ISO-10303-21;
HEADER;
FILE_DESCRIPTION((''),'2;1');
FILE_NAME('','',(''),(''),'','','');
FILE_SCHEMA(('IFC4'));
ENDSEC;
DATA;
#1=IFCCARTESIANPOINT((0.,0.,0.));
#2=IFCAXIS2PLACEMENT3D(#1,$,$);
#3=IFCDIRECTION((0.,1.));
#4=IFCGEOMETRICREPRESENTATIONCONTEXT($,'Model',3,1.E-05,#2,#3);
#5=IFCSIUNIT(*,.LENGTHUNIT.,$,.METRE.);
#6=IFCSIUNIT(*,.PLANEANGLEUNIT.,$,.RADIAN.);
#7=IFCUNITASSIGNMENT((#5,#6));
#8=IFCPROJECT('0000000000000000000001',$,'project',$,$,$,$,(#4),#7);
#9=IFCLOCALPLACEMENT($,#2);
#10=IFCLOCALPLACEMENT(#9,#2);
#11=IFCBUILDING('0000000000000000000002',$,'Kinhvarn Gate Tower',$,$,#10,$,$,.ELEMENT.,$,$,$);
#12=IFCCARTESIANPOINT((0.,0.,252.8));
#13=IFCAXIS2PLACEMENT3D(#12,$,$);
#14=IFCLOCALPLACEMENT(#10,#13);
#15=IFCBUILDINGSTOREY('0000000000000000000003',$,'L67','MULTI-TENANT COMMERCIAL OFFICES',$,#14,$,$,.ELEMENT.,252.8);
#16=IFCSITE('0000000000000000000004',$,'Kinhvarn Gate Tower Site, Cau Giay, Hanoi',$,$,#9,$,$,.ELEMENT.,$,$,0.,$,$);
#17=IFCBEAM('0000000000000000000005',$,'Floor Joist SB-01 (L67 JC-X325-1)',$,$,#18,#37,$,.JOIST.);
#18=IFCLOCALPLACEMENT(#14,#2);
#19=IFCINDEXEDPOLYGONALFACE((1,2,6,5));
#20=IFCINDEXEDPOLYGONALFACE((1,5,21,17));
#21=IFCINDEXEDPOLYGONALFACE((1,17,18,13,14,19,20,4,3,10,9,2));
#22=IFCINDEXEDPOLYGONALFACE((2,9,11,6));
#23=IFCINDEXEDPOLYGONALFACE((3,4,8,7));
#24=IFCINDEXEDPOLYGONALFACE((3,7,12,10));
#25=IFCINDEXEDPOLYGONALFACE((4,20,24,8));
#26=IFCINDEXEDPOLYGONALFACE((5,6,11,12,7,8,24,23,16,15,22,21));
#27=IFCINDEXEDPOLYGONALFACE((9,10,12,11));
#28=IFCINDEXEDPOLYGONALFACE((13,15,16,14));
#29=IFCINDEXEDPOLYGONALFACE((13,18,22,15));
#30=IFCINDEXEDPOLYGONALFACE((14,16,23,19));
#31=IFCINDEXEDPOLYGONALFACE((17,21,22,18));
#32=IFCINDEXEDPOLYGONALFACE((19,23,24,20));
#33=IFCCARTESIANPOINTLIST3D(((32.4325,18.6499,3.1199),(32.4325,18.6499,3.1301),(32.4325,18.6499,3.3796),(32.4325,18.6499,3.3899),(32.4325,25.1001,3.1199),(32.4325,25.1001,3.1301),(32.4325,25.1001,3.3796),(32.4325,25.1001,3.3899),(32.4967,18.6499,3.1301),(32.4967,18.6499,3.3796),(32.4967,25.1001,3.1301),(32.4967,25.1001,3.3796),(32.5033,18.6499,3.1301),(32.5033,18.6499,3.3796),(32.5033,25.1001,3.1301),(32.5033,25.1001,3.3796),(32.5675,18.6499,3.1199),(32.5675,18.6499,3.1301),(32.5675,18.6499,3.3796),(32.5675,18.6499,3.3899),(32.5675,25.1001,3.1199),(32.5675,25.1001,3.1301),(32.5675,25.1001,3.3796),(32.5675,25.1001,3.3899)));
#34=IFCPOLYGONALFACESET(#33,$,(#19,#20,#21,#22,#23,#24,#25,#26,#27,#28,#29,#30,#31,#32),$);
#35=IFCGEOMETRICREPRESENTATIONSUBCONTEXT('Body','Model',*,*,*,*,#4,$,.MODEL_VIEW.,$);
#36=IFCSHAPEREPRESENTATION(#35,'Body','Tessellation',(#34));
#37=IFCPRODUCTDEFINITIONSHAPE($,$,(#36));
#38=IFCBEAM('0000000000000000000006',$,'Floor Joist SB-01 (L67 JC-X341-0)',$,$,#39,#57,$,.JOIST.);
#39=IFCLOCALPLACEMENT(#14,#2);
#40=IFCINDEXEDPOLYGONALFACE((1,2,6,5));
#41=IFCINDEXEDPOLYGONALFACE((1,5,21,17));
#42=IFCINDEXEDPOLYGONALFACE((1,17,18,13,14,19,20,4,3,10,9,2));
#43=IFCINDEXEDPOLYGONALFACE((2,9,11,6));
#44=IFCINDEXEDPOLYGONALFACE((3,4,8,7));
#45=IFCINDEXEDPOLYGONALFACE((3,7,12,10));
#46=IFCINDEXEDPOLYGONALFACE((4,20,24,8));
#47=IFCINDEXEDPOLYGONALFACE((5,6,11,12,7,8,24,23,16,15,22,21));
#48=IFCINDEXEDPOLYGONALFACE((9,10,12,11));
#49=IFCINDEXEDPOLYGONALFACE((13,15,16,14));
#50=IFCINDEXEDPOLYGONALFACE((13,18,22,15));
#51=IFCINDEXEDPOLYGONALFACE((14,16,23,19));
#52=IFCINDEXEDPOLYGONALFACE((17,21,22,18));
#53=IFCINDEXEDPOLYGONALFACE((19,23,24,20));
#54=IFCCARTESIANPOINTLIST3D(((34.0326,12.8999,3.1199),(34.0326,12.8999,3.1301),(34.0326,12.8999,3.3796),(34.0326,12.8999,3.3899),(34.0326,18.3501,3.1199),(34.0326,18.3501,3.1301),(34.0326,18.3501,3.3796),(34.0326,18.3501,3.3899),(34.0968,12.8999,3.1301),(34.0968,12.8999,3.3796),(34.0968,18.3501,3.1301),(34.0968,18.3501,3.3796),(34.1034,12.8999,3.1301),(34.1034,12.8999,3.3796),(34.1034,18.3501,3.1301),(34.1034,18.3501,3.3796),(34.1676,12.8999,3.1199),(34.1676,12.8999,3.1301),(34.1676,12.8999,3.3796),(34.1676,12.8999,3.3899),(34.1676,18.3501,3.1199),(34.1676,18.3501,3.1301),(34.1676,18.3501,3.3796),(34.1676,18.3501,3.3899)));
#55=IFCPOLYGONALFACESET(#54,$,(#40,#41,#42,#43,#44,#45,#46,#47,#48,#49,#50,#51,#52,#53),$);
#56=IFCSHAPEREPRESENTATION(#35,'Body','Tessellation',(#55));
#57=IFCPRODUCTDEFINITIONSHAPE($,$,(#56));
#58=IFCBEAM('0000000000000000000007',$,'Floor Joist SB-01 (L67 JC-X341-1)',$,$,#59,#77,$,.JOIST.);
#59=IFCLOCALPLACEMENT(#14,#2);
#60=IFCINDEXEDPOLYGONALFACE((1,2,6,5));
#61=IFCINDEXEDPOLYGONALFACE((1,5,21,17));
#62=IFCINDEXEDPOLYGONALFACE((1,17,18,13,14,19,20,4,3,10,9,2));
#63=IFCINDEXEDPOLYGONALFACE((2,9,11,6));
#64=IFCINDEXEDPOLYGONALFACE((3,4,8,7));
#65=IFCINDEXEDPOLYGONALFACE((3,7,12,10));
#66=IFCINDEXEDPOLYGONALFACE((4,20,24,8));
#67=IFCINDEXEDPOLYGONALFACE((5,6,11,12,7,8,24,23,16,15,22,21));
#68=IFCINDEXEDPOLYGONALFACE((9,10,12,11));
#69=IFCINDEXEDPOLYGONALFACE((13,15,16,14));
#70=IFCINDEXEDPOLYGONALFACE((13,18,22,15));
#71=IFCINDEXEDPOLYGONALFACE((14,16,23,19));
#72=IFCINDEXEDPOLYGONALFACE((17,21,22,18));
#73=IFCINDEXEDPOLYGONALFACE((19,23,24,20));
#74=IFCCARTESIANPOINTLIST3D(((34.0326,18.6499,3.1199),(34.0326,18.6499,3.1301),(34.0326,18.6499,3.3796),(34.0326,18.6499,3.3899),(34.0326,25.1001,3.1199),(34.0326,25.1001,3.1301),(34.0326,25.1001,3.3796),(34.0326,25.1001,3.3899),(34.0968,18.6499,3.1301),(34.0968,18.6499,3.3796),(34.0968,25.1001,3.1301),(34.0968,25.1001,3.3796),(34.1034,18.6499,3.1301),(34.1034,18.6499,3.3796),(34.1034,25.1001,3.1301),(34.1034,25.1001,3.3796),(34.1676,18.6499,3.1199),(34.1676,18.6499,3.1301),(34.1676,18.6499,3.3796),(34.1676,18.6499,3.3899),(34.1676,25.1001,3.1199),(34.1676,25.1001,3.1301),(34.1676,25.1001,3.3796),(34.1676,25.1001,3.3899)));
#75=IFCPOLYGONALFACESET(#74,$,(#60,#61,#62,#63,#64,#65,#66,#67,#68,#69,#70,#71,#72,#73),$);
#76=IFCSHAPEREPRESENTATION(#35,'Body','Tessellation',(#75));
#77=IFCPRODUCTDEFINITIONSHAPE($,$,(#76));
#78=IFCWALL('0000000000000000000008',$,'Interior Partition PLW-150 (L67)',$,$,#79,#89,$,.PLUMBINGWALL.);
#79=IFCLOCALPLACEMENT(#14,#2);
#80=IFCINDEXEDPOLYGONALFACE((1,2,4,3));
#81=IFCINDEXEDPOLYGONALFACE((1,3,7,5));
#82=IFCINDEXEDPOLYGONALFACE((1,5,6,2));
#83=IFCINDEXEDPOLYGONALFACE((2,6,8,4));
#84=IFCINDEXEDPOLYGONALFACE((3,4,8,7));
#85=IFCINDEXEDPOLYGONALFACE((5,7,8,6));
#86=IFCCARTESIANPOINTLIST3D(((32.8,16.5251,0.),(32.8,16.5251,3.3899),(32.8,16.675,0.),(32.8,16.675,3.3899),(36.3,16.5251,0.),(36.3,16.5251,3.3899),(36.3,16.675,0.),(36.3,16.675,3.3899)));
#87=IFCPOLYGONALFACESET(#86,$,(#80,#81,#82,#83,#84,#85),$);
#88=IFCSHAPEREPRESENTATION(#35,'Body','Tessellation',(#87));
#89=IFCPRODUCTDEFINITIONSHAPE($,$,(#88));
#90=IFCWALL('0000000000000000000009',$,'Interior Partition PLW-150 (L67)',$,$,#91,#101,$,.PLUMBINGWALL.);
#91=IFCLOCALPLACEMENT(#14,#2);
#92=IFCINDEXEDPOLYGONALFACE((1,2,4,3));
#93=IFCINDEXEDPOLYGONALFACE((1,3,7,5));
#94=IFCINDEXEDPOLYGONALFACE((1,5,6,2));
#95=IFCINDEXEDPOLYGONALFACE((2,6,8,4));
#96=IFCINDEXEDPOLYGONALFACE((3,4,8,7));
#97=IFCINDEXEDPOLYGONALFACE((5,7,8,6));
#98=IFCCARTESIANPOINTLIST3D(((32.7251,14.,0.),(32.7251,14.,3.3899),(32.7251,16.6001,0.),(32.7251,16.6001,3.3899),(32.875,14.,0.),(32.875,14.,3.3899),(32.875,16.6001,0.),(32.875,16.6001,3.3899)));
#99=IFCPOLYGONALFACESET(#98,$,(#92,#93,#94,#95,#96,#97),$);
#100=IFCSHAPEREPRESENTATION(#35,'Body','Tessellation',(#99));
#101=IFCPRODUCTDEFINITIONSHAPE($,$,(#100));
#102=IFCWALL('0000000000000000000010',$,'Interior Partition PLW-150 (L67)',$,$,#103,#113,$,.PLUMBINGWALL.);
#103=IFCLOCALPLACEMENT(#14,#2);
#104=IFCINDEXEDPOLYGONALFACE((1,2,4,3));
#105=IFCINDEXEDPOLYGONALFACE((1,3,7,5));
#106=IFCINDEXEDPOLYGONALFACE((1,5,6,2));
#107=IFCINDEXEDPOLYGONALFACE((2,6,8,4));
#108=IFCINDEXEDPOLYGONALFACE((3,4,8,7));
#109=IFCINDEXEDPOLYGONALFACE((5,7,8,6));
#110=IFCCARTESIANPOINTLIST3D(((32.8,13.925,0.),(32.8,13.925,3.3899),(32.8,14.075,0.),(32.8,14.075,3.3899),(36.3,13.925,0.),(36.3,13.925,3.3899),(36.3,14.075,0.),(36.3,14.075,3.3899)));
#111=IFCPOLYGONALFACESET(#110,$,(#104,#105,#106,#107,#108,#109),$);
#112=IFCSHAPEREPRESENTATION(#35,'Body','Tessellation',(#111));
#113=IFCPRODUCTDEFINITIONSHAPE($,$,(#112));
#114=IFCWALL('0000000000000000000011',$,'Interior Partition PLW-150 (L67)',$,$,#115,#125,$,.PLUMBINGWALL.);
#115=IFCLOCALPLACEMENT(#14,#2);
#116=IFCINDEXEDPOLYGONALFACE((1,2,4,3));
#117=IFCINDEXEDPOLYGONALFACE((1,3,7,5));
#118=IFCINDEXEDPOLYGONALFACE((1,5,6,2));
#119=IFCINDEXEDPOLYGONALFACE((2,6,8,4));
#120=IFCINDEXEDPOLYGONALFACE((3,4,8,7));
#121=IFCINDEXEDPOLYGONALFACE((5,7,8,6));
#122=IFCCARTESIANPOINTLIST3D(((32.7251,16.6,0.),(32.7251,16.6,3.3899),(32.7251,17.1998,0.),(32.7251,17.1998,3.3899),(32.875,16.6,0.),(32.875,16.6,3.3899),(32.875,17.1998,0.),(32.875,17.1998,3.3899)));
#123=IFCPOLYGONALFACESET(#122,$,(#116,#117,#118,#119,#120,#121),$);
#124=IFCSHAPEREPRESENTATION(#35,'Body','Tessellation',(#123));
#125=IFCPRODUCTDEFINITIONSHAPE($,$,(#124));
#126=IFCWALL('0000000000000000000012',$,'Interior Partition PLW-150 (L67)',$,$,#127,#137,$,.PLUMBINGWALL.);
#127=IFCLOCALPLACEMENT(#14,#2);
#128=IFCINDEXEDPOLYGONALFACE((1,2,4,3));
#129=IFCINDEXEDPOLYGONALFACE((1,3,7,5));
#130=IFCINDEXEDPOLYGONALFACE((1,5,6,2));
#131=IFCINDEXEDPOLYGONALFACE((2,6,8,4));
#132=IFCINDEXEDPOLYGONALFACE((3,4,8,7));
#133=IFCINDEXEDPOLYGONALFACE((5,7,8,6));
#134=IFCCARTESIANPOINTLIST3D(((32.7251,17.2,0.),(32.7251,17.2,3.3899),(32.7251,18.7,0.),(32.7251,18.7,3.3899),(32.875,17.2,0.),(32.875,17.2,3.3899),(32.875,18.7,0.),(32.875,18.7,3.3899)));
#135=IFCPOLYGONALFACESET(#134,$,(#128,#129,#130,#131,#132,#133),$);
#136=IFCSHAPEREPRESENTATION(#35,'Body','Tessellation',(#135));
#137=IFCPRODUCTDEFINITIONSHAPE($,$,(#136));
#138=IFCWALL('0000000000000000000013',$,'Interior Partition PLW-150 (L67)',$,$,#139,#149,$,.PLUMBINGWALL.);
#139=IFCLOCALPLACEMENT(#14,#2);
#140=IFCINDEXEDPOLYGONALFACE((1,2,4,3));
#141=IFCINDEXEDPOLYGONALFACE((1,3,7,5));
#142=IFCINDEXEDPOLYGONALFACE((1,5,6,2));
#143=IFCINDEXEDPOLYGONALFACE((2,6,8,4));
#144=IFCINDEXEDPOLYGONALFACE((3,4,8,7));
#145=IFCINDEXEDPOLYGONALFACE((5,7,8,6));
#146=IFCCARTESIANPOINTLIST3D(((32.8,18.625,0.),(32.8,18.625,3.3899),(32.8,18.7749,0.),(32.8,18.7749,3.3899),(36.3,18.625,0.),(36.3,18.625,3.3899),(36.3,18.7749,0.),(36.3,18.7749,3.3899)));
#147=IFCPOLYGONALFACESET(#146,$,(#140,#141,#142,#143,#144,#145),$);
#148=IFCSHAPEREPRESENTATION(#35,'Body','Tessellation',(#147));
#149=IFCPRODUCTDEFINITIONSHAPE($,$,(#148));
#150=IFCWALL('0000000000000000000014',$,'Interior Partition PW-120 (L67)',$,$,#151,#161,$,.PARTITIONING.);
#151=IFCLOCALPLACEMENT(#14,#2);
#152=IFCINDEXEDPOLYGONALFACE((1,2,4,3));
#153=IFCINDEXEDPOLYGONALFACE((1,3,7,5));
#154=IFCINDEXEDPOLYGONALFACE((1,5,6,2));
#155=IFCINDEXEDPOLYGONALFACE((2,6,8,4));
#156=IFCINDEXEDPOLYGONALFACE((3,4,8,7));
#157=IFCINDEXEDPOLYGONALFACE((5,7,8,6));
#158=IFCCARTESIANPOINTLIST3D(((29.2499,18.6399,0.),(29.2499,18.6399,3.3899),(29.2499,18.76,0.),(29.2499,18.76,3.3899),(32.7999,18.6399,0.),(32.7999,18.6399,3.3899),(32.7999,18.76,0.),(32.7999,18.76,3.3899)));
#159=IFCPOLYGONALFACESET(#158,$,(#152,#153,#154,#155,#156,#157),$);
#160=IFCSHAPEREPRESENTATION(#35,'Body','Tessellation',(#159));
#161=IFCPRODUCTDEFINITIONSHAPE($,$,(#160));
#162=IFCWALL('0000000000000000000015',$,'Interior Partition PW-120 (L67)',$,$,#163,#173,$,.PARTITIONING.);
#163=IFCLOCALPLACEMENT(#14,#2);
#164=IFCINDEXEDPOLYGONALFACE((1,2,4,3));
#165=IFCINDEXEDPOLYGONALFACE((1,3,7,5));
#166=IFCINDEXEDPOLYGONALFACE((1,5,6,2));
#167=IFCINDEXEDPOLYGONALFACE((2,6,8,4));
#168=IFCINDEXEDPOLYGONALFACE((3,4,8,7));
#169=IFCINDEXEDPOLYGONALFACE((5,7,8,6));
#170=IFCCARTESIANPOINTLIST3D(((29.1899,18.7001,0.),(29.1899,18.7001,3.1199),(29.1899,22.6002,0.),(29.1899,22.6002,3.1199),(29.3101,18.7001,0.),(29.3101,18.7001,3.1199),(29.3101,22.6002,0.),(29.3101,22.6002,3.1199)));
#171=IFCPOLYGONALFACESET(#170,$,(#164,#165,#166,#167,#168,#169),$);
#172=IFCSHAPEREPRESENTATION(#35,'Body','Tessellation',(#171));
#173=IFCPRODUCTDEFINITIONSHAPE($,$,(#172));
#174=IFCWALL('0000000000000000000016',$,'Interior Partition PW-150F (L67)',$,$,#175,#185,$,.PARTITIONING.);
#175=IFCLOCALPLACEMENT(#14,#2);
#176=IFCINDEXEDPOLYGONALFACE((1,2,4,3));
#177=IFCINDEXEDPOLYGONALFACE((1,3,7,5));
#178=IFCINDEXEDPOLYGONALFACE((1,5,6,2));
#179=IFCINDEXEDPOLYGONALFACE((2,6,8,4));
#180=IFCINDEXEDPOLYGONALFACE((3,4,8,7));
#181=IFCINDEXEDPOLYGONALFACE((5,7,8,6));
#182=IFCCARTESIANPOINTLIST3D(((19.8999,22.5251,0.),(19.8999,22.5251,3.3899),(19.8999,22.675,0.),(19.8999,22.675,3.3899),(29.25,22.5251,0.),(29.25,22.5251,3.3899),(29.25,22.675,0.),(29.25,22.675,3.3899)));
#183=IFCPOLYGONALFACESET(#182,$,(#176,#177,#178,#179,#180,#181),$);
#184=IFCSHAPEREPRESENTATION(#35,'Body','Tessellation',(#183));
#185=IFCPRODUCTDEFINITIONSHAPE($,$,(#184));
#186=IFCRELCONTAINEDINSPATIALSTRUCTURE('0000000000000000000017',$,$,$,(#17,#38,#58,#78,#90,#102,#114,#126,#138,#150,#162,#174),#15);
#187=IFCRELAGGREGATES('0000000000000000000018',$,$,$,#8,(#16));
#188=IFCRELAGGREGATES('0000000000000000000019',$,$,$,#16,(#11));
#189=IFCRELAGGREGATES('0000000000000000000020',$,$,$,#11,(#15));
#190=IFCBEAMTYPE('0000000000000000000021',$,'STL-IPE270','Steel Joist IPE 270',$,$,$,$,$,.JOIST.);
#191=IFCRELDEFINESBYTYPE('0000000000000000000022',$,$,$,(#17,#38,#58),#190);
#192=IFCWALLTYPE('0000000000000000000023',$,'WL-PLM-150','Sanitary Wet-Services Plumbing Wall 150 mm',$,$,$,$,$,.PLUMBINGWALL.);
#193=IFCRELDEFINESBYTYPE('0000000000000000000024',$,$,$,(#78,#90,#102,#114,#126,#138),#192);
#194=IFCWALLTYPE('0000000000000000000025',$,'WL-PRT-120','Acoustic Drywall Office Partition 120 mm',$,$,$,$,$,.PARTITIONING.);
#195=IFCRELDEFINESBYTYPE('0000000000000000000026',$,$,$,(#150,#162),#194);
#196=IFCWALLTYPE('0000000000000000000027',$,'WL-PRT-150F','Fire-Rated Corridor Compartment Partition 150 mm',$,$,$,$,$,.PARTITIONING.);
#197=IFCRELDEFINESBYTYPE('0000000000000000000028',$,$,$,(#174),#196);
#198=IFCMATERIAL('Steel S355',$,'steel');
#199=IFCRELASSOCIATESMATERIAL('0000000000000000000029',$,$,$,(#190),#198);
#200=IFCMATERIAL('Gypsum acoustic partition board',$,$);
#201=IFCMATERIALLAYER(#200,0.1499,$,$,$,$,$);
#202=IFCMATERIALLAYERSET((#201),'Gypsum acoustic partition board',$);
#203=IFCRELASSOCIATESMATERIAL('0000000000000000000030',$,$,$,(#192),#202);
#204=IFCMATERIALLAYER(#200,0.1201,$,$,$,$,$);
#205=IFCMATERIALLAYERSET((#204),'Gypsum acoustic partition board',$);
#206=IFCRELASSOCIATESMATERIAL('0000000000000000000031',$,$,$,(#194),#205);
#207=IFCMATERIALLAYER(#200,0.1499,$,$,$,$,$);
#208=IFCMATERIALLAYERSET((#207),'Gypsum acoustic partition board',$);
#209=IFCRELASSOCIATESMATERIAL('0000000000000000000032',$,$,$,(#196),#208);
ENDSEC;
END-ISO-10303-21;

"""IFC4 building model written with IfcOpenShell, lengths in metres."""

from ifc_helpers import new_model, si_unit, direction, frame, frame_2d, origin, origin_2d, place, context, subcontext, project, spatial, rectangle, i_section, extrude, material, layer, layer_set, material_profile, profile_set, type_object, element, save


model = new_model("IFC4")

# Units and contexts
model_context = context("Model", 3, precision=1e-05, world=origin(), true_north=direction((0.0, 1.0)))
body_context = subcontext(model_context, "Body", "Model", "MODEL_VIEW")
ifc_project = project(units=[si_unit("LENGTHUNIT", "METRE"), si_unit("PLANEANGLEUNIT", "RADIAN")], contexts=[model_context])

# Site, building, storey
site_placement = place(None, origin())
site = spatial("IfcSite", under=ifc_project, at=site_placement, Name="Kinhvarn Gate Tower Site, Cau Giay, Hanoi", CompositionType="ELEMENT", RefElevation=0.0)
building_placement = place(site_placement, origin())
building = spatial("IfcBuilding", under=site, at=building_placement, Name="Kinhvarn Gate Tower", CompositionType="ELEMENT")
storey_placement = place(building_placement, frame((0.0, 0.0, 252.8)))
storey = spatial("IfcBuildingStorey", under=building, at=storey_placement, Name="L67", Description="MULTI-TENANT COMMERCIAL OFFICES", CompositionType="ELEMENT", Elevation=252.8)

# Beams
ifc_material_1 = material(Name="Steel S355", Category="steel")
ifc_material_profile = material_profile(ifc_material_1, i_section(OverallWidth=0.135, OverallDepth=0.27, WebThickness=0.0066, FlangeThickness=0.0103, at=origin_2d()), Name="IPE 270")
ifc_profile_set = profile_set([ifc_material_profile], Name="Steel S355")
beam_type = type_object("IfcBeamType", Name="STL-IPE270", Description="Steel Joist IPE 270", PredefinedType="JOIST", material=ifc_profile_set)
beam_1_placement = place(storey_placement, frame((32.5, 18.6499, 3.2549), z_axis=(0.0, 1.0, 0.0), x_axis=(-1.0, 0.0, 0.0)))
element("IfcBeam", 1, at=beam_1_placement, inside=storey, type_object=beam_type, Name="Floor Joist SB-01 (L67 JC-X325-1)", PredefinedType="JOIST", context=body_context, shape_type="SweptSolid", body=[
    extrude(i_section(OverallWidth=0.135, OverallDepth=0.27, WebThickness=0.0066, FlangeThickness=0.0103, at=origin_2d()), origin(), (0.0, 0.0, 1.0), 6.4502),
])
beam_2_placement = place(storey_placement, frame((34.1001, 12.8999, 3.2549), z_axis=(0.0, 1.0, 0.0), x_axis=(-1.0, 0.0, 0.0)))
element("IfcBeam", 2, at=beam_2_placement, inside=storey, type_object=beam_type, Name="Floor Joist SB-01 (L67 JC-X341-0)", PredefinedType="JOIST", context=body_context, shape_type="SweptSolid", body=[
    extrude(i_section(OverallWidth=0.135, OverallDepth=0.27, WebThickness=0.0066, FlangeThickness=0.0103, at=origin_2d()), origin(), (0.0, 0.0, 1.0), 5.4502),
])
beam_3_placement = place(storey_placement, frame((34.1001, 18.6499, 3.2549), z_axis=(0.0, 1.0, 0.0), x_axis=(-1.0, 0.0, 0.0)))
element("IfcBeam", 3, at=beam_3_placement, inside=storey, type_object=beam_type, Name="Floor Joist SB-01 (L67 JC-X341-1)", PredefinedType="JOIST", context=body_context, shape_type="SweptSolid", body=[
    extrude(i_section(OverallWidth=0.135, OverallDepth=0.27, WebThickness=0.0066, FlangeThickness=0.0103, at=origin_2d()), origin(), (0.0, 0.0, 1.0), 6.4502),
])

# Walls
ifc_material_2 = material(Name="Gypsum acoustic partition board")
ifc_layer_1 = layer(ifc_material_2, 0.1499)
ifc_layer_set_1 = layer_set([ifc_layer_1], Name="Gypsum acoustic partition board")
wall_type_1 = type_object("IfcWallType", Name="WL-PLM-150", Description="Sanitary Wet-Services Plumbing Wall 150 mm", PredefinedType="PLUMBINGWALL", material=ifc_layer_set_1)
wall_1_placement = place(storey_placement, frame((32.8, 16.6001, 0.0), z_axis=(0.0, 0.0, 1.0), x_axis=(1.0, 0.0, 0.0)))
element("IfcWall", 4, at=wall_1_placement, inside=storey, type_object=wall_type_1, Name="Interior Partition PLW-150 (L67)", PredefinedType="PLUMBINGWALL", context=body_context, shape_type="SweptSolid", body=[
    extrude(rectangle(XDim=3.5, YDim=0.1499, at=frame_2d((1.75, 0.0))), origin(), (0.0, 0.0, 1.0), 3.3899),
])
wall_2_placement = place(storey_placement, frame((32.8, 14.0, 0.0), z_axis=(0.0, 0.0, 1.0), x_axis=(0.0, 1.0, 0.0)))
element("IfcWall", 5, at=wall_2_placement, inside=storey, type_object=wall_type_1, Name="Interior Partition PLW-150 (L67)", PredefinedType="PLUMBINGWALL", context=body_context, shape_type="SweptSolid", body=[
    extrude(rectangle(XDim=2.6001, YDim=0.1499, at=frame_2d((1.3, 0.0))), origin(), (0.0, 0.0, 1.0), 3.3899),
])
wall_3_placement = place(storey_placement, frame((32.8, 14.0, 0.0), z_axis=(0.0, 0.0, 1.0), x_axis=(1.0, 0.0, 0.0)))
element("IfcWall", 6, at=wall_3_placement, inside=storey, type_object=wall_type_1, Name="Interior Partition PLW-150 (L67)", PredefinedType="PLUMBINGWALL", context=body_context, shape_type="SweptSolid", body=[
    extrude(rectangle(XDim=3.5, YDim=0.1499, at=frame_2d((1.75, 0.0))), origin(), (0.0, 0.0, 1.0), 3.3899),
])
wall_4_placement = place(storey_placement, frame((32.8, 16.6001, 0.0), z_axis=(0.0, 0.0, 1.0), x_axis=(0.0, 1.0, 0.0)))
element("IfcWall", 7, at=wall_4_placement, inside=storey, type_object=wall_type_1, Name="Interior Partition PLW-150 (L67)", PredefinedType="PLUMBINGWALL", context=body_context, shape_type="SweptSolid", body=[
    extrude(rectangle(XDim=0.5999, YDim=0.1499, at=frame_2d((0.2998, 0.0))), origin(), (0.0, 0.0, 1.0), 3.3899),
])
wall_5_placement = place(storey_placement, frame((32.8, 17.2, 0.0), z_axis=(0.0, 0.0, 1.0), x_axis=(0.0, 1.0, 0.0)))
element("IfcWall", 8, at=wall_5_placement, inside=storey, type_object=wall_type_1, Name="Interior Partition PLW-150 (L67)", PredefinedType="PLUMBINGWALL", context=body_context, shape_type="SweptSolid", body=[
    extrude(rectangle(XDim=1.5, YDim=0.1499, at=frame_2d((0.75, 0.0))), origin(), (0.0, 0.0, 1.0), 3.3899),
])
wall_6_placement = place(storey_placement, frame((32.8, 18.7, 0.0), z_axis=(0.0, 0.0, 1.0), x_axis=(1.0, 0.0, 0.0)))
element("IfcWall", 9, at=wall_6_placement, inside=storey, type_object=wall_type_1, Name="Interior Partition PLW-150 (L67)", PredefinedType="PLUMBINGWALL", context=body_context, shape_type="SweptSolid", body=[
    extrude(rectangle(XDim=3.5, YDim=0.1499, at=frame_2d((1.75, 0.0))), origin(), (0.0, 0.0, 1.0), 3.3899),
])
ifc_layer_2 = layer(ifc_material_2, 0.1201)
ifc_layer_set_2 = layer_set([ifc_layer_2], Name="Gypsum acoustic partition board")
wall_type_2 = type_object("IfcWallType", Name="WL-PRT-120", Description="Acoustic Drywall Office Partition 120 mm", PredefinedType="PARTITIONING", material=ifc_layer_set_2)
wall_7_placement = place(storey_placement, frame((29.25, 18.7, 0.0), z_axis=(0.0, 0.0, 1.0), x_axis=(1.0, 0.0, 0.0)))
element("IfcWall", 10, at=wall_7_placement, inside=storey, type_object=wall_type_2, Name="Interior Partition PW-120 (L67)", PredefinedType="PARTITIONING", context=body_context, shape_type="SweptSolid", body=[
    extrude(rectangle(XDim=3.55, YDim=0.1201, at=frame_2d((1.7749, 0.0))), origin(), (0.0, 0.0, 1.0), 3.3899),
])
wall_8_placement = place(storey_placement, frame((29.25, 18.7, 0.0), z_axis=(0.0, 0.0, 1.0), x_axis=(0.0, 1.0, 0.0)))
element("IfcWall", 11, at=wall_8_placement, inside=storey, type_object=wall_type_2, Name="Interior Partition PW-120 (L67)", PredefinedType="PARTITIONING", context=body_context, shape_type="SweptSolid", body=[
    extrude(rectangle(XDim=3.9001, YDim=0.1201, at=frame_2d((1.9502, 0.0))), origin(), (0.0, 0.0, 1.0), 3.1199),
])
ifc_layer_3 = layer(ifc_material_2, 0.1499)
ifc_layer_set_3 = layer_set([ifc_layer_3], Name="Gypsum acoustic partition board")
wall_type_3 = type_object("IfcWallType", Name="WL-PRT-150F", Description="Fire-Rated Corridor Compartment Partition 150 mm", PredefinedType="PARTITIONING", material=ifc_layer_set_3)
wall_9_placement = place(storey_placement, frame((19.8999, 22.6001, 0.0), z_axis=(0.0, 0.0, 1.0), x_axis=(1.0, 0.0, 0.0)))
element("IfcWall", 12, at=wall_9_placement, inside=storey, type_object=wall_type_3, Name="Interior Partition PW-150F (L67)", PredefinedType="PARTITIONING", context=body_context, shape_type="SweptSolid", body=[
    extrude(rectangle(XDim=9.3501, YDim=0.1499, at=frame_2d((4.675, 0.0))), origin(), (0.0, 0.0, 1.0), 3.3899),
])

save(model, "model.ifc")
